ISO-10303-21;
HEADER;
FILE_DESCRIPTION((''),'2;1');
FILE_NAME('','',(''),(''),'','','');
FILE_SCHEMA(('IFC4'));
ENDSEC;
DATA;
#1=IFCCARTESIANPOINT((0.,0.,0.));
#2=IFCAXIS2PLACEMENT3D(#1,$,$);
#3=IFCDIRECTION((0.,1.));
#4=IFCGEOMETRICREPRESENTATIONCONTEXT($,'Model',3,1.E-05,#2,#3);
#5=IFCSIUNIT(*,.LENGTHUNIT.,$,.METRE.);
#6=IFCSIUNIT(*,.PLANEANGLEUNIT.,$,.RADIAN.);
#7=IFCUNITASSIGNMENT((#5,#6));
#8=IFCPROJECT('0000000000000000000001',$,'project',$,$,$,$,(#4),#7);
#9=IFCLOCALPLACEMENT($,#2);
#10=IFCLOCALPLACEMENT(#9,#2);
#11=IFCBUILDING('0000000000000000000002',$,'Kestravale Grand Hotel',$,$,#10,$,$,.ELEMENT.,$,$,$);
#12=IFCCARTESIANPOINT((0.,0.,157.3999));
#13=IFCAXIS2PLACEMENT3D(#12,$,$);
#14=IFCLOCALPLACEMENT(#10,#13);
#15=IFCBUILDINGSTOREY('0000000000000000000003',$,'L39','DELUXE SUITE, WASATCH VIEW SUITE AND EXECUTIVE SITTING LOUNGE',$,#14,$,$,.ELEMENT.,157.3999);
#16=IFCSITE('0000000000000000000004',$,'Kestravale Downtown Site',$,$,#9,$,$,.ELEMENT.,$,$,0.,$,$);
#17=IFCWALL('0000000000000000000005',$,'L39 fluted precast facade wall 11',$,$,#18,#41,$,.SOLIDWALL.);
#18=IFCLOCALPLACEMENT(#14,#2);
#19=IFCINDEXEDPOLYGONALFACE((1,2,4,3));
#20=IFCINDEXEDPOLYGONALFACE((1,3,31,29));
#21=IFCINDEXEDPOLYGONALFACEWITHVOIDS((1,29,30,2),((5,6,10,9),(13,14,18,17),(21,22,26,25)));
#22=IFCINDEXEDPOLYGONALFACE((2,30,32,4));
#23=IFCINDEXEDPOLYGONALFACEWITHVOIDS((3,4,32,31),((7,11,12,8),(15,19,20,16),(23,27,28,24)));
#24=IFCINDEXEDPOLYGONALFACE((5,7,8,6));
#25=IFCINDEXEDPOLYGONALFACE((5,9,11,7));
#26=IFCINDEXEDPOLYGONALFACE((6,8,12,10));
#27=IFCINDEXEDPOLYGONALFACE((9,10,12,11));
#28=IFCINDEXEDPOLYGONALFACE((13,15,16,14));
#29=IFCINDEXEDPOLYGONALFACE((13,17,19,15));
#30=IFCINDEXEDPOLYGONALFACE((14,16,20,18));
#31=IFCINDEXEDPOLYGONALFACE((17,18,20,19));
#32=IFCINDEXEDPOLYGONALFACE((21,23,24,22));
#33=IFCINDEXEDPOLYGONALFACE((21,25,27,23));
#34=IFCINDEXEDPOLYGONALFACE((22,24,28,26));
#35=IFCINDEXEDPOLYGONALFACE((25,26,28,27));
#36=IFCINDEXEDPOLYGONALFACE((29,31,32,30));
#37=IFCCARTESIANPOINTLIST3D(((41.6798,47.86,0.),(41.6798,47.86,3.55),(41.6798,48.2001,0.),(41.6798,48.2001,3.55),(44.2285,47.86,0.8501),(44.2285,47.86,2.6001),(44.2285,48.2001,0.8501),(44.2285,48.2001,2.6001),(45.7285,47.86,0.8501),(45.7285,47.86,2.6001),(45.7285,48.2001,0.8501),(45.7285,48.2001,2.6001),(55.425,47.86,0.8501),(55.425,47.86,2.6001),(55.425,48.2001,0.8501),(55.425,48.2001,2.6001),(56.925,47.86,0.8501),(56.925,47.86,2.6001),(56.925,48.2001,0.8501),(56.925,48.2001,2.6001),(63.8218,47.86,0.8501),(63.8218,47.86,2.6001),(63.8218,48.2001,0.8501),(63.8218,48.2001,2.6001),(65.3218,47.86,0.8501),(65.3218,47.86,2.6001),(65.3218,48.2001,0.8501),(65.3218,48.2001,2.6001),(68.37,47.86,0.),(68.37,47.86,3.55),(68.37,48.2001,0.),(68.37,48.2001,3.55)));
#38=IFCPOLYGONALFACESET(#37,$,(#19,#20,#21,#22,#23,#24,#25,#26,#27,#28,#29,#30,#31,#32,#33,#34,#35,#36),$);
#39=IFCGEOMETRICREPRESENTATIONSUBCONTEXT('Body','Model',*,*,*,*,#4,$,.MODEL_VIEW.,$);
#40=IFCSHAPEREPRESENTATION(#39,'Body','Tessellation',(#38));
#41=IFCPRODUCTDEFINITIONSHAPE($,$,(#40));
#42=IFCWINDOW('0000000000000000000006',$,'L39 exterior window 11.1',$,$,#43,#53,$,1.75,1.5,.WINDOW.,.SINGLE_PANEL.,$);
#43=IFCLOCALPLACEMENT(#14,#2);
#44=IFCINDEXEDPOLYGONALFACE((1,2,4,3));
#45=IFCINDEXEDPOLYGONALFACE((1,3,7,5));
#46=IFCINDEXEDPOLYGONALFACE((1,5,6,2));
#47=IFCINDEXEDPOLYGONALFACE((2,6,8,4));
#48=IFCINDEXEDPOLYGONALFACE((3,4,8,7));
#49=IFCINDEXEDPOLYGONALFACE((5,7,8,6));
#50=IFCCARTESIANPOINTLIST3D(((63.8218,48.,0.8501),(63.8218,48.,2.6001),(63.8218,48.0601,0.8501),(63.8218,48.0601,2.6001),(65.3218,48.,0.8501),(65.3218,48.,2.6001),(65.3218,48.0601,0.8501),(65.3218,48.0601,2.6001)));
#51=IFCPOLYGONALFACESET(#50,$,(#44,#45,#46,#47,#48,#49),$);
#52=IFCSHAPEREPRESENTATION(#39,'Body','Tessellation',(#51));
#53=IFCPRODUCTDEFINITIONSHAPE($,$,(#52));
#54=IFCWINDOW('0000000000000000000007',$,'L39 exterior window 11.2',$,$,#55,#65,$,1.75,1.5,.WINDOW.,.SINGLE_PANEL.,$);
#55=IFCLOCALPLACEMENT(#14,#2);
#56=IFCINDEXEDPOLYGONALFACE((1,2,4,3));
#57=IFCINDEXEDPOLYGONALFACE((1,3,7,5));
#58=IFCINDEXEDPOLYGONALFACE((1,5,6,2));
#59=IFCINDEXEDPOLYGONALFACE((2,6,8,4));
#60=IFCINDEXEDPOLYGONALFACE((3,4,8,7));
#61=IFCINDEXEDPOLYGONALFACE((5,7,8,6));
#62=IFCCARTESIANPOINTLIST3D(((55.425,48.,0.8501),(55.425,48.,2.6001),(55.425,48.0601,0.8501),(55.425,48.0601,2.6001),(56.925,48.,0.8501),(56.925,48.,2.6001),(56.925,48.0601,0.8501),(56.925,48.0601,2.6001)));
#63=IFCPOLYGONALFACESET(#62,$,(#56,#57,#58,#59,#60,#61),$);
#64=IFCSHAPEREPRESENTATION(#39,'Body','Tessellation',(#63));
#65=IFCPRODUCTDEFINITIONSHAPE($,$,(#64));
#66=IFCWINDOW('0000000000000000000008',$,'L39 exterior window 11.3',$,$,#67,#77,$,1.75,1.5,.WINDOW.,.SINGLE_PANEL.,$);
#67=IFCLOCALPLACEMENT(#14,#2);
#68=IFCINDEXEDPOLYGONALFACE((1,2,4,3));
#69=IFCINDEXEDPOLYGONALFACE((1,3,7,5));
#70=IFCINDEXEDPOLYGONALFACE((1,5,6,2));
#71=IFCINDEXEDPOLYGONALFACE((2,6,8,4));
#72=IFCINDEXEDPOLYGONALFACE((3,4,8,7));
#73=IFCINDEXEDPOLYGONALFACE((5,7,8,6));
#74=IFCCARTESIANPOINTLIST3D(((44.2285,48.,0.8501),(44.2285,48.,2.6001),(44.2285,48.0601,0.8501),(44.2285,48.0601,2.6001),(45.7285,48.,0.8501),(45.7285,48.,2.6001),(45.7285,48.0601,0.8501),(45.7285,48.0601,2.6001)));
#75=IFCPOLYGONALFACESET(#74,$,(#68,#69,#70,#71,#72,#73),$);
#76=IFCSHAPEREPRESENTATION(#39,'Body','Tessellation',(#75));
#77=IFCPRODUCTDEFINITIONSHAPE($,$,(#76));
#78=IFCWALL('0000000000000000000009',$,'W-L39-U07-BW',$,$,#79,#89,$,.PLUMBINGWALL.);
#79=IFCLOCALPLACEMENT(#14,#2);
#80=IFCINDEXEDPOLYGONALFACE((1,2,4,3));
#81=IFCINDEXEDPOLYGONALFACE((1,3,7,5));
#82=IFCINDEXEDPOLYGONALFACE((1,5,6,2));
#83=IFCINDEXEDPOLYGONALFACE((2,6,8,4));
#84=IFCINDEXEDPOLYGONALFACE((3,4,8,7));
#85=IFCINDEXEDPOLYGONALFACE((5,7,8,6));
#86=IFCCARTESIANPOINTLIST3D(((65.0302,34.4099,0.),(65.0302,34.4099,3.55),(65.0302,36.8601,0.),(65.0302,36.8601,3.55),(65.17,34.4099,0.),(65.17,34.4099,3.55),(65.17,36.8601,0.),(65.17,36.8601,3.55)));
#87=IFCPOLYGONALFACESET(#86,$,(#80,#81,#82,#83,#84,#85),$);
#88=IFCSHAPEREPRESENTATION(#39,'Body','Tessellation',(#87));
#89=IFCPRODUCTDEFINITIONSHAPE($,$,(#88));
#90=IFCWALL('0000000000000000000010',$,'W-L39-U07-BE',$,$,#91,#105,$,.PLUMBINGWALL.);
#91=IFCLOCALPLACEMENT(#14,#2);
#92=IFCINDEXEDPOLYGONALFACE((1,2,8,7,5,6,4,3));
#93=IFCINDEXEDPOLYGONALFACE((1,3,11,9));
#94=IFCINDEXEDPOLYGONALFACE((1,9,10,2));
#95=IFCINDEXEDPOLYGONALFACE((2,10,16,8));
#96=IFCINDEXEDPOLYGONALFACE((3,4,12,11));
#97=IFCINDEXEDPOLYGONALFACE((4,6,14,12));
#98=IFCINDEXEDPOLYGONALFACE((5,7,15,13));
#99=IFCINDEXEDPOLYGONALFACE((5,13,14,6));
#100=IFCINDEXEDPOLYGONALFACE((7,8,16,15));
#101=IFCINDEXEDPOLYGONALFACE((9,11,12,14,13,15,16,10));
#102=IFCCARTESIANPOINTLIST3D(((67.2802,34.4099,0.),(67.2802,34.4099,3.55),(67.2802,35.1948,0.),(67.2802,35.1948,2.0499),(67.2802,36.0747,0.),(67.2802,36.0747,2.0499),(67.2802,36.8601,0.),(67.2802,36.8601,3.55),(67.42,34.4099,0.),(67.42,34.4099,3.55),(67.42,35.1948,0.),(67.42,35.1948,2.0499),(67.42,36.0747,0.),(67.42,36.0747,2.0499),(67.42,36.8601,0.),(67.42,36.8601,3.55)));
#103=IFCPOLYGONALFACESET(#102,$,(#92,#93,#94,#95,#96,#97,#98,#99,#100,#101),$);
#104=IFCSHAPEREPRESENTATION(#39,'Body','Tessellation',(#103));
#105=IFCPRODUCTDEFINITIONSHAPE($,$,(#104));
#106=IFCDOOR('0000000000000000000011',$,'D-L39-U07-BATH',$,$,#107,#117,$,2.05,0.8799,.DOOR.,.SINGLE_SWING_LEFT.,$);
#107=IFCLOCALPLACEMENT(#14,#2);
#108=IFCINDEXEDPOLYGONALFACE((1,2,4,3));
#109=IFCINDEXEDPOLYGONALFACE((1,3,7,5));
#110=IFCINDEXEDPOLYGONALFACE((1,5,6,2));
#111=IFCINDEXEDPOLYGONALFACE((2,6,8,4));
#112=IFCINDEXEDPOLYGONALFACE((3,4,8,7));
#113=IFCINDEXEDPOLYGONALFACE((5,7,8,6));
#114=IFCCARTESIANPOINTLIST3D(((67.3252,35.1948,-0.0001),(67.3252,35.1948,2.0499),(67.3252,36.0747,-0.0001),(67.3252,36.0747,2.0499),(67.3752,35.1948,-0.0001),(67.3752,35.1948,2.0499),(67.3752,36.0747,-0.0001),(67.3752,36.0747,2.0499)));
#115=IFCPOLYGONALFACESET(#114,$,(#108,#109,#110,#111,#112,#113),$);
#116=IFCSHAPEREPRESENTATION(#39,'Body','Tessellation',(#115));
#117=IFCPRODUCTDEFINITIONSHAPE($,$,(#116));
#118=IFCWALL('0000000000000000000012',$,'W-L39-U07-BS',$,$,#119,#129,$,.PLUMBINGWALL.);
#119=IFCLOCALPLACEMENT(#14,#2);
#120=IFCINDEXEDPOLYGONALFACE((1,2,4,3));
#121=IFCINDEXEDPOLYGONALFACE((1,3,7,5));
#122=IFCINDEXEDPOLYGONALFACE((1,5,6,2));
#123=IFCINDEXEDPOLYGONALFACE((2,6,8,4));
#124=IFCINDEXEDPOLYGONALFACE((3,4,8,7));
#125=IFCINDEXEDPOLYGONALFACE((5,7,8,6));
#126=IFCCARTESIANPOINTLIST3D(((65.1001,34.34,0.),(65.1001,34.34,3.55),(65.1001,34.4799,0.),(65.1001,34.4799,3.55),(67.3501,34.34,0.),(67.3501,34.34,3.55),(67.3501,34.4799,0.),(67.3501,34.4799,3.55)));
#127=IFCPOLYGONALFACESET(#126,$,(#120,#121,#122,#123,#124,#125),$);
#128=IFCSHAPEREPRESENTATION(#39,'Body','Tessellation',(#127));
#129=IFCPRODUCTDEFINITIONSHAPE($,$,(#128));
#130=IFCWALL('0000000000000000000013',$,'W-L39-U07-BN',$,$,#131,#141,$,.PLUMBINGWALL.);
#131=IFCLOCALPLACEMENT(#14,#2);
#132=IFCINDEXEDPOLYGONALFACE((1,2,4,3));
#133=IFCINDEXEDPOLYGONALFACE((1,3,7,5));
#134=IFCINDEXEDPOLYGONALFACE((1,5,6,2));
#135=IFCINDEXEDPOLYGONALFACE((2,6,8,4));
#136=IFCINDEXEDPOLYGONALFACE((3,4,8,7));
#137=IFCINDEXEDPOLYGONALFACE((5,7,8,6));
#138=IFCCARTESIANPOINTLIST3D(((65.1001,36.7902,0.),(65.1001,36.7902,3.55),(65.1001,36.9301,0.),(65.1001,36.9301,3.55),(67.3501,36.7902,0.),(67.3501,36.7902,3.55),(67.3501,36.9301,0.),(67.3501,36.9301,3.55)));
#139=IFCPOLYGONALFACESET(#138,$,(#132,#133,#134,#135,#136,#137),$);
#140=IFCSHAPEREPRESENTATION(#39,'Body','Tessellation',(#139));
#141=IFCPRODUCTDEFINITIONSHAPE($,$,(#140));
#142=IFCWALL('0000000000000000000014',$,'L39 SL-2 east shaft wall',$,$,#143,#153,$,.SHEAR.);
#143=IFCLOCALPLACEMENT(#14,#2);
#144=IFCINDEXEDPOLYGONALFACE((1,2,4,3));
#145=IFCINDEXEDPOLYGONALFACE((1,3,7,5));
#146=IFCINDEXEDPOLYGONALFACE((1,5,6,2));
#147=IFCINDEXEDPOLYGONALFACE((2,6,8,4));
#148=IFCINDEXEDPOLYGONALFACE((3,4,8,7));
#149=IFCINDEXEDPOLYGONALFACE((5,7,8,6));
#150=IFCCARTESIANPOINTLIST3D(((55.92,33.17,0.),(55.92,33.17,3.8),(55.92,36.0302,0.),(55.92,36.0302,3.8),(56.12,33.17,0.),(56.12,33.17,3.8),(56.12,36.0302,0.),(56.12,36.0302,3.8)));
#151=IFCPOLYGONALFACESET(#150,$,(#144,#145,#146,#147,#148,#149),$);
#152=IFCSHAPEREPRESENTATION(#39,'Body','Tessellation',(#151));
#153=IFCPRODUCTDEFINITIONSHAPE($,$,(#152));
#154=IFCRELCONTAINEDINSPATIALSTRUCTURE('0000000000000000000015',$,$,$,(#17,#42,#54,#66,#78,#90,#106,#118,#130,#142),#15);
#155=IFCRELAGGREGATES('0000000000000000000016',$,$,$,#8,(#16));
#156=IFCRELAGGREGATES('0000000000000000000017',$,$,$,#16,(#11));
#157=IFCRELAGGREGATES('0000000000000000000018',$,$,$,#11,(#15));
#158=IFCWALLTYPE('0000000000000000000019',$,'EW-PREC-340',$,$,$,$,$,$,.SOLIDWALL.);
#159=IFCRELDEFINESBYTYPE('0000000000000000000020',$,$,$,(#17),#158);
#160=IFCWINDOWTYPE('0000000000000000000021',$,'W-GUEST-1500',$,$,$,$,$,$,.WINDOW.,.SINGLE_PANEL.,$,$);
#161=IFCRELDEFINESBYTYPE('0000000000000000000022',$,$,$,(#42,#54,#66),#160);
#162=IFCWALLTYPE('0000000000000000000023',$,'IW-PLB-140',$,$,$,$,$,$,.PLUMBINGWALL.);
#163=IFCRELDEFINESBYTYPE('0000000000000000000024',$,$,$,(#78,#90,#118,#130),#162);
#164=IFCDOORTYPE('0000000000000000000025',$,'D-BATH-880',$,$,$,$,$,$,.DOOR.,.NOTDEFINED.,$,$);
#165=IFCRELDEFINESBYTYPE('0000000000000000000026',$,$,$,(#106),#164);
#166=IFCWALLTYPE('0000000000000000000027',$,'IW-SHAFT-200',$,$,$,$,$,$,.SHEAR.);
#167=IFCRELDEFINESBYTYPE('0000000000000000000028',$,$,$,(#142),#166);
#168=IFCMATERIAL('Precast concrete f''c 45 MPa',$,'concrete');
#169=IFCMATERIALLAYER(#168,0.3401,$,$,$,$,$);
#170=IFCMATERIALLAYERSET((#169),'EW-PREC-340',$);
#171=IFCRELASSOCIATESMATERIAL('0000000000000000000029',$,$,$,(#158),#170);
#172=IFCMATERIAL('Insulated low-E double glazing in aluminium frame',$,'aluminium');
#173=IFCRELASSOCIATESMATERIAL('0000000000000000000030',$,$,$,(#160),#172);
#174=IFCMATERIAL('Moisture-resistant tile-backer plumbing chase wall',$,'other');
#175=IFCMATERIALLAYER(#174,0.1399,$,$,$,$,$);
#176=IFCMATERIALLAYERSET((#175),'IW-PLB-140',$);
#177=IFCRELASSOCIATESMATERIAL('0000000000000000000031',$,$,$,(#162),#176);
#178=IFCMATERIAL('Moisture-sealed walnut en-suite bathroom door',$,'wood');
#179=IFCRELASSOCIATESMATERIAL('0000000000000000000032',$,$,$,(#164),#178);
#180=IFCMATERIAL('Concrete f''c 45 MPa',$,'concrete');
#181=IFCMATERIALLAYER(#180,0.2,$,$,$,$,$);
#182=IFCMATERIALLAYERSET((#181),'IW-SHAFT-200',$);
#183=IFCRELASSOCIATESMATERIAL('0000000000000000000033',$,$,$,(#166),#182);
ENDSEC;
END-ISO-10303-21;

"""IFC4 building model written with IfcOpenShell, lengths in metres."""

from ifc_helpers import new_model, si_unit, direction, frame, frame_2d, origin, place, context, subcontext, project, spatial, rectangle, extrude, material, layer, layer_set, type_object, element, fill, save


model = new_model("IFC4")

# Units and contexts
model_context = context("Model", 3, precision=1e-05, world=origin(), true_north=direction((0.0, 1.0)))
body_context = subcontext(model_context, "Body", "Model", "MODEL_VIEW")
ifc_project = project(units=[si_unit("LENGTHUNIT", "METRE"), si_unit("PLANEANGLEUNIT", "RADIAN")], contexts=[model_context])

# Site, building, storey
site_placement = place(None, origin())
site = spatial("IfcSite", under=ifc_project, at=site_placement, Name="Kestravale Downtown Site", CompositionType="ELEMENT", RefElevation=0.0)
building_placement = place(site_placement, origin())
building = spatial("IfcBuilding", under=site, at=building_placement, Name="Kestravale Grand Hotel", CompositionType="ELEMENT")
storey_placement = place(building_placement, frame((0.0, 0.0, 157.3999)))
storey = spatial("IfcBuildingStorey", under=building, at=storey_placement, Name="L39", Description="DELUXE SUITE, WASATCH VIEW SUITE AND EXECUTIVE SITTING LOUNGE", CompositionType="ELEMENT", Elevation=157.3999)

# Shared definitions
ifc_material_1 = material(Name="Precast concrete f'c 45 MPa", Category="concrete")
ifc_layer_1 = layer(ifc_material_1, 0.3401)
ifc_layer_set_1 = layer_set([ifc_layer_1], Name="EW-PREC-340")
wall_type_1 = type_object("IfcWallType", Name="EW-PREC-340", PredefinedType="SOLIDWALL", material=ifc_layer_set_1)
ifc_material_2 = material(Name="Insulated low-E double glazing in aluminium frame", Category="aluminium")
window_type = type_object("IfcWindowType", Name="W-GUEST-1500", PartitioningType="SINGLE_PANEL", PredefinedType="WINDOW", material=ifc_material_2)

# Wall, openings, windows
wall_1_placement = place(storey_placement, frame((68.3701, 48.03, 0.0), z_axis=(0.0, 0.0, 1.0), x_axis=(-1.0, 0.0, 0.0)))
wall_1 = element("IfcWall", 1, at=wall_1_placement, inside=storey, type_object=wall_type_1, Name="L39 fluted precast facade wall 11", PredefinedType="SOLIDWALL", context=body_context, shape_type="SweptSolid", body=[
    extrude(rectangle(XDim=26.6902, YDim=0.3401, at=frame_2d((13.3452, 0.0))), origin(), (0.0, 0.0, 1.0), 3.55),
])
opening_1_placement = place(wall_1_placement, frame((3.0483, 0.0, 0.8501)))
opening_1 = element("IfcOpeningElement", 2, at=opening_1_placement, cuts=wall_1, PredefinedType="OPENING", context=body_context, shape_type="SweptSolid", body=[
    extrude(rectangle(XDim=1.5, YDim=1.75, at=frame_2d((0.75, 0.875))), frame((0.0, 0.1799, 0.0), z_axis=(0.0, -1.0, 0.0), x_axis=(1.0, 0.0, 0.0)), (0.0, 0.0, 1.0), 0.3601),
])
opening_2_placement = place(wall_1_placement, frame((11.4451, 0.0, 0.8501)))
opening_2 = element("IfcOpeningElement", 3, at=opening_2_placement, cuts=wall_1, PredefinedType="OPENING", context=body_context, shape_type="SweptSolid", body=[
    extrude(rectangle(XDim=1.5, YDim=1.75, at=frame_2d((0.75, 0.875))), frame((0.0, 0.1799, 0.0), z_axis=(0.0, -1.0, 0.0), x_axis=(1.0, 0.0, 0.0)), (0.0, 0.0, 1.0), 0.3601),
])
opening_3_placement = place(wall_1_placement, frame((22.6416, 0.0, 0.8501)))
opening_3 = element("IfcOpeningElement", 4, at=opening_3_placement, cuts=wall_1, PredefinedType="OPENING", context=body_context, shape_type="SweptSolid", body=[
    extrude(rectangle(XDim=1.5, YDim=1.75, at=frame_2d((0.75, 0.875))), frame((0.0, 0.1799, 0.0), z_axis=(0.0, -1.0, 0.0), x_axis=(1.0, 0.0, 0.0)), (0.0, 0.0, 1.0), 0.3601),
])
window_1_placement = place(opening_1_placement, origin())
window_1 = element("IfcWindow", 5, at=window_1_placement, inside=storey, type_object=window_type, Name="L39 exterior window 11.1", OverallHeight=1.75, OverallWidth=1.5, PartitioningType="SINGLE_PANEL", PredefinedType="WINDOW", context=body_context, shape_type="SweptSolid", body=[
    extrude(rectangle(XDim=1.5, YDim=1.75, at=frame_2d((0.75, 0.875))), frame((0.0, 0.03, 0.0), z_axis=(0.0, -1.0, 0.0), x_axis=(1.0, 0.0, 0.0)), (0.0, 0.0, 1.0), 0.0601),
])
fill(opening_1, window_1)
window_2_placement = place(opening_2_placement, origin())
window_2 = element("IfcWindow", 6, at=window_2_placement, inside=storey, type_object=window_type, Name="L39 exterior window 11.2", OverallHeight=1.75, OverallWidth=1.5, PartitioningType="SINGLE_PANEL", PredefinedType="WINDOW", context=body_context, shape_type="SweptSolid", body=[
    extrude(rectangle(XDim=1.5, YDim=1.75, at=frame_2d((0.75, 0.875))), frame((0.0, 0.03, 0.0), z_axis=(0.0, -1.0, 0.0), x_axis=(1.0, 0.0, 0.0)), (0.0, 0.0, 1.0), 0.0601),
])
fill(opening_2, window_2)
window_3_placement = place(opening_3_placement, origin())
window_3 = element("IfcWindow", 7, at=window_3_placement, inside=storey, type_object=window_type, Name="L39 exterior window 11.3", OverallHeight=1.75, OverallWidth=1.5, PartitioningType="SINGLE_PANEL", PredefinedType="WINDOW", context=body_context, shape_type="SweptSolid", body=[
    extrude(rectangle(XDim=1.5, YDim=1.75, at=frame_2d((0.75, 0.875))), frame((0.0, 0.03, 0.0), z_axis=(0.0, -1.0, 0.0), x_axis=(1.0, 0.0, 0.0)), (0.0, 0.0, 1.0), 0.0601),
])
fill(opening_3, window_3)

# Wall
ifc_material_3 = material(Name="Moisture-resistant tile-backer plumbing chase wall", Category="other")
ifc_layer_2 = layer(ifc_material_3, 0.1399)
ifc_layer_set_2 = layer_set([ifc_layer_2], Name="IW-PLB-140")
wall_type_2 = type_object("IfcWallType", Name="IW-PLB-140", PredefinedType="PLUMBINGWALL", material=ifc_layer_set_2)
wall_2_placement = place(storey_placement, frame((65.1001, 34.4099, 0.0), z_axis=(0.0, 0.0, 1.0), x_axis=(0.0, 1.0, 0.0)))
element("IfcWall", 8, at=wall_2_placement, inside=storey, type_object=wall_type_2, Name="W-L39-U07-BW", PredefinedType="PLUMBINGWALL", context=body_context, shape_type="SweptSolid", body=[
    extrude(rectangle(XDim=2.4502, YDim=0.1399, at=frame_2d((1.2251, 0.0))), origin(), (0.0, 0.0, 1.0), 3.55),
])

# Wall, opening, door
wall_3_placement = place(storey_placement, frame((67.3501, 34.4099, 0.0), z_axis=(0.0, 0.0, 1.0), x_axis=(0.0, 1.0, 0.0)))
wall_3 = element("IfcWall", 9, at=wall_3_placement, inside=storey, type_object=wall_type_2, Name="W-L39-U07-BE", PredefinedType="PLUMBINGWALL", context=body_context, shape_type="SweptSolid", body=[
    extrude(rectangle(XDim=2.4502, YDim=0.1399, at=frame_2d((1.2251, 0.0))), origin(), (0.0, 0.0, 1.0), 3.55),
])
opening_4_placement = place(wall_3_placement, frame((0.7849, 0.0, 0.0)))
opening_4 = element("IfcOpeningElement", 10, at=opening_4_placement, cuts=wall_3, PredefinedType="OPENING", context=body_context, shape_type="SweptSolid", body=[
    extrude(rectangle(XDim=0.8799, YDim=2.05, at=frame_2d((0.4399, 1.0249))), frame((0.0, 0.0798, 0.0), z_axis=(0.0, -1.0, 0.0), x_axis=(1.0, 0.0, 0.0)), (0.0, 0.0, 1.0), 0.1599),
])
ifc_material_4 = material(Name="Moisture-sealed walnut en-suite bathroom door", Category="wood")
door_type_1 = type_object("IfcDoorType", Name="D-BATH-880", OperationType="NOTDEFINED", PredefinedType="DOOR", material=ifc_material_4)
door_1_placement = place(opening_4_placement, origin())
door_1 = element("IfcDoor", 11, at=door_1_placement, inside=storey, type_object=door_type_1, Name="D-L39-U07-BATH", OperationType="SINGLE_SWING_LEFT", OverallHeight=2.05, OverallWidth=0.8799, PredefinedType="DOOR", context=body_context, shape_type="SweptSolid", body=[
    extrude(rectangle(XDim=0.8799, YDim=2.05, at=frame_2d((0.4399, 1.0249))), frame((0.0, 0.0249, 0.0), z_axis=(0.0, -1.0, 0.0), x_axis=(1.0, 0.0, 0.0)), (0.0, 0.0, 1.0), 0.05),
])
fill(opening_4, door_1)

# Walls
for number, where, z_axis, x_axis, name in (
    (12, (65.1001, 34.4099, 0.0), (0.0, 0.0, 1.0), (1.0, 0.0, 0.0), "W-L39-U07-BS"),
    (13, (65.1001, 36.8601, 0.0), (0.0, 0.0, 1.0), (1.0, 0.0, 0.0), "W-L39-U07-BN"),
):
    element("IfcWall", number, at=place(storey_placement, frame(where, z_axis=z_axis, x_axis=x_axis)), inside=storey, type_object=wall_type_2, Name=name, PredefinedType="PLUMBINGWALL", context=body_context, shape_type="SweptSolid", body=[
        extrude(rectangle(XDim=2.25, YDim=0.1399, at=frame_2d((1.125, 0.0))), origin(), (0.0, 0.0, 1.0), 3.55),
    ])
ifc_material_5 = material(Name="Concrete f'c 45 MPa", Category="concrete")
ifc_layer_3 = layer(ifc_material_5, 0.2)
ifc_layer_set_3 = layer_set([ifc_layer_3], Name="IW-SHAFT-200")
wall_type_3 = type_object("IfcWallType", Name="IW-SHAFT-200", PredefinedType="SHEAR", material=ifc_layer_set_3)
wall_4_placement = place(storey_placement, frame((56.02, 33.1699, 0.0), z_axis=(0.0, 0.0, 1.0), x_axis=(0.0, 1.0, 0.0)))
element("IfcWall", 14, at=wall_4_placement, inside=storey, type_object=wall_type_3, Name="L39 SL-2 east shaft wall", PredefinedType="SHEAR", context=body_context, shape_type="SweptSolid", body=[
    extrude(rectangle(XDim=2.8601, YDim=0.2, at=frame_2d((1.4302, 0.0))), origin(), (0.0, 0.0, 1.0), 3.8),
])

save(model, "model.ifc")
